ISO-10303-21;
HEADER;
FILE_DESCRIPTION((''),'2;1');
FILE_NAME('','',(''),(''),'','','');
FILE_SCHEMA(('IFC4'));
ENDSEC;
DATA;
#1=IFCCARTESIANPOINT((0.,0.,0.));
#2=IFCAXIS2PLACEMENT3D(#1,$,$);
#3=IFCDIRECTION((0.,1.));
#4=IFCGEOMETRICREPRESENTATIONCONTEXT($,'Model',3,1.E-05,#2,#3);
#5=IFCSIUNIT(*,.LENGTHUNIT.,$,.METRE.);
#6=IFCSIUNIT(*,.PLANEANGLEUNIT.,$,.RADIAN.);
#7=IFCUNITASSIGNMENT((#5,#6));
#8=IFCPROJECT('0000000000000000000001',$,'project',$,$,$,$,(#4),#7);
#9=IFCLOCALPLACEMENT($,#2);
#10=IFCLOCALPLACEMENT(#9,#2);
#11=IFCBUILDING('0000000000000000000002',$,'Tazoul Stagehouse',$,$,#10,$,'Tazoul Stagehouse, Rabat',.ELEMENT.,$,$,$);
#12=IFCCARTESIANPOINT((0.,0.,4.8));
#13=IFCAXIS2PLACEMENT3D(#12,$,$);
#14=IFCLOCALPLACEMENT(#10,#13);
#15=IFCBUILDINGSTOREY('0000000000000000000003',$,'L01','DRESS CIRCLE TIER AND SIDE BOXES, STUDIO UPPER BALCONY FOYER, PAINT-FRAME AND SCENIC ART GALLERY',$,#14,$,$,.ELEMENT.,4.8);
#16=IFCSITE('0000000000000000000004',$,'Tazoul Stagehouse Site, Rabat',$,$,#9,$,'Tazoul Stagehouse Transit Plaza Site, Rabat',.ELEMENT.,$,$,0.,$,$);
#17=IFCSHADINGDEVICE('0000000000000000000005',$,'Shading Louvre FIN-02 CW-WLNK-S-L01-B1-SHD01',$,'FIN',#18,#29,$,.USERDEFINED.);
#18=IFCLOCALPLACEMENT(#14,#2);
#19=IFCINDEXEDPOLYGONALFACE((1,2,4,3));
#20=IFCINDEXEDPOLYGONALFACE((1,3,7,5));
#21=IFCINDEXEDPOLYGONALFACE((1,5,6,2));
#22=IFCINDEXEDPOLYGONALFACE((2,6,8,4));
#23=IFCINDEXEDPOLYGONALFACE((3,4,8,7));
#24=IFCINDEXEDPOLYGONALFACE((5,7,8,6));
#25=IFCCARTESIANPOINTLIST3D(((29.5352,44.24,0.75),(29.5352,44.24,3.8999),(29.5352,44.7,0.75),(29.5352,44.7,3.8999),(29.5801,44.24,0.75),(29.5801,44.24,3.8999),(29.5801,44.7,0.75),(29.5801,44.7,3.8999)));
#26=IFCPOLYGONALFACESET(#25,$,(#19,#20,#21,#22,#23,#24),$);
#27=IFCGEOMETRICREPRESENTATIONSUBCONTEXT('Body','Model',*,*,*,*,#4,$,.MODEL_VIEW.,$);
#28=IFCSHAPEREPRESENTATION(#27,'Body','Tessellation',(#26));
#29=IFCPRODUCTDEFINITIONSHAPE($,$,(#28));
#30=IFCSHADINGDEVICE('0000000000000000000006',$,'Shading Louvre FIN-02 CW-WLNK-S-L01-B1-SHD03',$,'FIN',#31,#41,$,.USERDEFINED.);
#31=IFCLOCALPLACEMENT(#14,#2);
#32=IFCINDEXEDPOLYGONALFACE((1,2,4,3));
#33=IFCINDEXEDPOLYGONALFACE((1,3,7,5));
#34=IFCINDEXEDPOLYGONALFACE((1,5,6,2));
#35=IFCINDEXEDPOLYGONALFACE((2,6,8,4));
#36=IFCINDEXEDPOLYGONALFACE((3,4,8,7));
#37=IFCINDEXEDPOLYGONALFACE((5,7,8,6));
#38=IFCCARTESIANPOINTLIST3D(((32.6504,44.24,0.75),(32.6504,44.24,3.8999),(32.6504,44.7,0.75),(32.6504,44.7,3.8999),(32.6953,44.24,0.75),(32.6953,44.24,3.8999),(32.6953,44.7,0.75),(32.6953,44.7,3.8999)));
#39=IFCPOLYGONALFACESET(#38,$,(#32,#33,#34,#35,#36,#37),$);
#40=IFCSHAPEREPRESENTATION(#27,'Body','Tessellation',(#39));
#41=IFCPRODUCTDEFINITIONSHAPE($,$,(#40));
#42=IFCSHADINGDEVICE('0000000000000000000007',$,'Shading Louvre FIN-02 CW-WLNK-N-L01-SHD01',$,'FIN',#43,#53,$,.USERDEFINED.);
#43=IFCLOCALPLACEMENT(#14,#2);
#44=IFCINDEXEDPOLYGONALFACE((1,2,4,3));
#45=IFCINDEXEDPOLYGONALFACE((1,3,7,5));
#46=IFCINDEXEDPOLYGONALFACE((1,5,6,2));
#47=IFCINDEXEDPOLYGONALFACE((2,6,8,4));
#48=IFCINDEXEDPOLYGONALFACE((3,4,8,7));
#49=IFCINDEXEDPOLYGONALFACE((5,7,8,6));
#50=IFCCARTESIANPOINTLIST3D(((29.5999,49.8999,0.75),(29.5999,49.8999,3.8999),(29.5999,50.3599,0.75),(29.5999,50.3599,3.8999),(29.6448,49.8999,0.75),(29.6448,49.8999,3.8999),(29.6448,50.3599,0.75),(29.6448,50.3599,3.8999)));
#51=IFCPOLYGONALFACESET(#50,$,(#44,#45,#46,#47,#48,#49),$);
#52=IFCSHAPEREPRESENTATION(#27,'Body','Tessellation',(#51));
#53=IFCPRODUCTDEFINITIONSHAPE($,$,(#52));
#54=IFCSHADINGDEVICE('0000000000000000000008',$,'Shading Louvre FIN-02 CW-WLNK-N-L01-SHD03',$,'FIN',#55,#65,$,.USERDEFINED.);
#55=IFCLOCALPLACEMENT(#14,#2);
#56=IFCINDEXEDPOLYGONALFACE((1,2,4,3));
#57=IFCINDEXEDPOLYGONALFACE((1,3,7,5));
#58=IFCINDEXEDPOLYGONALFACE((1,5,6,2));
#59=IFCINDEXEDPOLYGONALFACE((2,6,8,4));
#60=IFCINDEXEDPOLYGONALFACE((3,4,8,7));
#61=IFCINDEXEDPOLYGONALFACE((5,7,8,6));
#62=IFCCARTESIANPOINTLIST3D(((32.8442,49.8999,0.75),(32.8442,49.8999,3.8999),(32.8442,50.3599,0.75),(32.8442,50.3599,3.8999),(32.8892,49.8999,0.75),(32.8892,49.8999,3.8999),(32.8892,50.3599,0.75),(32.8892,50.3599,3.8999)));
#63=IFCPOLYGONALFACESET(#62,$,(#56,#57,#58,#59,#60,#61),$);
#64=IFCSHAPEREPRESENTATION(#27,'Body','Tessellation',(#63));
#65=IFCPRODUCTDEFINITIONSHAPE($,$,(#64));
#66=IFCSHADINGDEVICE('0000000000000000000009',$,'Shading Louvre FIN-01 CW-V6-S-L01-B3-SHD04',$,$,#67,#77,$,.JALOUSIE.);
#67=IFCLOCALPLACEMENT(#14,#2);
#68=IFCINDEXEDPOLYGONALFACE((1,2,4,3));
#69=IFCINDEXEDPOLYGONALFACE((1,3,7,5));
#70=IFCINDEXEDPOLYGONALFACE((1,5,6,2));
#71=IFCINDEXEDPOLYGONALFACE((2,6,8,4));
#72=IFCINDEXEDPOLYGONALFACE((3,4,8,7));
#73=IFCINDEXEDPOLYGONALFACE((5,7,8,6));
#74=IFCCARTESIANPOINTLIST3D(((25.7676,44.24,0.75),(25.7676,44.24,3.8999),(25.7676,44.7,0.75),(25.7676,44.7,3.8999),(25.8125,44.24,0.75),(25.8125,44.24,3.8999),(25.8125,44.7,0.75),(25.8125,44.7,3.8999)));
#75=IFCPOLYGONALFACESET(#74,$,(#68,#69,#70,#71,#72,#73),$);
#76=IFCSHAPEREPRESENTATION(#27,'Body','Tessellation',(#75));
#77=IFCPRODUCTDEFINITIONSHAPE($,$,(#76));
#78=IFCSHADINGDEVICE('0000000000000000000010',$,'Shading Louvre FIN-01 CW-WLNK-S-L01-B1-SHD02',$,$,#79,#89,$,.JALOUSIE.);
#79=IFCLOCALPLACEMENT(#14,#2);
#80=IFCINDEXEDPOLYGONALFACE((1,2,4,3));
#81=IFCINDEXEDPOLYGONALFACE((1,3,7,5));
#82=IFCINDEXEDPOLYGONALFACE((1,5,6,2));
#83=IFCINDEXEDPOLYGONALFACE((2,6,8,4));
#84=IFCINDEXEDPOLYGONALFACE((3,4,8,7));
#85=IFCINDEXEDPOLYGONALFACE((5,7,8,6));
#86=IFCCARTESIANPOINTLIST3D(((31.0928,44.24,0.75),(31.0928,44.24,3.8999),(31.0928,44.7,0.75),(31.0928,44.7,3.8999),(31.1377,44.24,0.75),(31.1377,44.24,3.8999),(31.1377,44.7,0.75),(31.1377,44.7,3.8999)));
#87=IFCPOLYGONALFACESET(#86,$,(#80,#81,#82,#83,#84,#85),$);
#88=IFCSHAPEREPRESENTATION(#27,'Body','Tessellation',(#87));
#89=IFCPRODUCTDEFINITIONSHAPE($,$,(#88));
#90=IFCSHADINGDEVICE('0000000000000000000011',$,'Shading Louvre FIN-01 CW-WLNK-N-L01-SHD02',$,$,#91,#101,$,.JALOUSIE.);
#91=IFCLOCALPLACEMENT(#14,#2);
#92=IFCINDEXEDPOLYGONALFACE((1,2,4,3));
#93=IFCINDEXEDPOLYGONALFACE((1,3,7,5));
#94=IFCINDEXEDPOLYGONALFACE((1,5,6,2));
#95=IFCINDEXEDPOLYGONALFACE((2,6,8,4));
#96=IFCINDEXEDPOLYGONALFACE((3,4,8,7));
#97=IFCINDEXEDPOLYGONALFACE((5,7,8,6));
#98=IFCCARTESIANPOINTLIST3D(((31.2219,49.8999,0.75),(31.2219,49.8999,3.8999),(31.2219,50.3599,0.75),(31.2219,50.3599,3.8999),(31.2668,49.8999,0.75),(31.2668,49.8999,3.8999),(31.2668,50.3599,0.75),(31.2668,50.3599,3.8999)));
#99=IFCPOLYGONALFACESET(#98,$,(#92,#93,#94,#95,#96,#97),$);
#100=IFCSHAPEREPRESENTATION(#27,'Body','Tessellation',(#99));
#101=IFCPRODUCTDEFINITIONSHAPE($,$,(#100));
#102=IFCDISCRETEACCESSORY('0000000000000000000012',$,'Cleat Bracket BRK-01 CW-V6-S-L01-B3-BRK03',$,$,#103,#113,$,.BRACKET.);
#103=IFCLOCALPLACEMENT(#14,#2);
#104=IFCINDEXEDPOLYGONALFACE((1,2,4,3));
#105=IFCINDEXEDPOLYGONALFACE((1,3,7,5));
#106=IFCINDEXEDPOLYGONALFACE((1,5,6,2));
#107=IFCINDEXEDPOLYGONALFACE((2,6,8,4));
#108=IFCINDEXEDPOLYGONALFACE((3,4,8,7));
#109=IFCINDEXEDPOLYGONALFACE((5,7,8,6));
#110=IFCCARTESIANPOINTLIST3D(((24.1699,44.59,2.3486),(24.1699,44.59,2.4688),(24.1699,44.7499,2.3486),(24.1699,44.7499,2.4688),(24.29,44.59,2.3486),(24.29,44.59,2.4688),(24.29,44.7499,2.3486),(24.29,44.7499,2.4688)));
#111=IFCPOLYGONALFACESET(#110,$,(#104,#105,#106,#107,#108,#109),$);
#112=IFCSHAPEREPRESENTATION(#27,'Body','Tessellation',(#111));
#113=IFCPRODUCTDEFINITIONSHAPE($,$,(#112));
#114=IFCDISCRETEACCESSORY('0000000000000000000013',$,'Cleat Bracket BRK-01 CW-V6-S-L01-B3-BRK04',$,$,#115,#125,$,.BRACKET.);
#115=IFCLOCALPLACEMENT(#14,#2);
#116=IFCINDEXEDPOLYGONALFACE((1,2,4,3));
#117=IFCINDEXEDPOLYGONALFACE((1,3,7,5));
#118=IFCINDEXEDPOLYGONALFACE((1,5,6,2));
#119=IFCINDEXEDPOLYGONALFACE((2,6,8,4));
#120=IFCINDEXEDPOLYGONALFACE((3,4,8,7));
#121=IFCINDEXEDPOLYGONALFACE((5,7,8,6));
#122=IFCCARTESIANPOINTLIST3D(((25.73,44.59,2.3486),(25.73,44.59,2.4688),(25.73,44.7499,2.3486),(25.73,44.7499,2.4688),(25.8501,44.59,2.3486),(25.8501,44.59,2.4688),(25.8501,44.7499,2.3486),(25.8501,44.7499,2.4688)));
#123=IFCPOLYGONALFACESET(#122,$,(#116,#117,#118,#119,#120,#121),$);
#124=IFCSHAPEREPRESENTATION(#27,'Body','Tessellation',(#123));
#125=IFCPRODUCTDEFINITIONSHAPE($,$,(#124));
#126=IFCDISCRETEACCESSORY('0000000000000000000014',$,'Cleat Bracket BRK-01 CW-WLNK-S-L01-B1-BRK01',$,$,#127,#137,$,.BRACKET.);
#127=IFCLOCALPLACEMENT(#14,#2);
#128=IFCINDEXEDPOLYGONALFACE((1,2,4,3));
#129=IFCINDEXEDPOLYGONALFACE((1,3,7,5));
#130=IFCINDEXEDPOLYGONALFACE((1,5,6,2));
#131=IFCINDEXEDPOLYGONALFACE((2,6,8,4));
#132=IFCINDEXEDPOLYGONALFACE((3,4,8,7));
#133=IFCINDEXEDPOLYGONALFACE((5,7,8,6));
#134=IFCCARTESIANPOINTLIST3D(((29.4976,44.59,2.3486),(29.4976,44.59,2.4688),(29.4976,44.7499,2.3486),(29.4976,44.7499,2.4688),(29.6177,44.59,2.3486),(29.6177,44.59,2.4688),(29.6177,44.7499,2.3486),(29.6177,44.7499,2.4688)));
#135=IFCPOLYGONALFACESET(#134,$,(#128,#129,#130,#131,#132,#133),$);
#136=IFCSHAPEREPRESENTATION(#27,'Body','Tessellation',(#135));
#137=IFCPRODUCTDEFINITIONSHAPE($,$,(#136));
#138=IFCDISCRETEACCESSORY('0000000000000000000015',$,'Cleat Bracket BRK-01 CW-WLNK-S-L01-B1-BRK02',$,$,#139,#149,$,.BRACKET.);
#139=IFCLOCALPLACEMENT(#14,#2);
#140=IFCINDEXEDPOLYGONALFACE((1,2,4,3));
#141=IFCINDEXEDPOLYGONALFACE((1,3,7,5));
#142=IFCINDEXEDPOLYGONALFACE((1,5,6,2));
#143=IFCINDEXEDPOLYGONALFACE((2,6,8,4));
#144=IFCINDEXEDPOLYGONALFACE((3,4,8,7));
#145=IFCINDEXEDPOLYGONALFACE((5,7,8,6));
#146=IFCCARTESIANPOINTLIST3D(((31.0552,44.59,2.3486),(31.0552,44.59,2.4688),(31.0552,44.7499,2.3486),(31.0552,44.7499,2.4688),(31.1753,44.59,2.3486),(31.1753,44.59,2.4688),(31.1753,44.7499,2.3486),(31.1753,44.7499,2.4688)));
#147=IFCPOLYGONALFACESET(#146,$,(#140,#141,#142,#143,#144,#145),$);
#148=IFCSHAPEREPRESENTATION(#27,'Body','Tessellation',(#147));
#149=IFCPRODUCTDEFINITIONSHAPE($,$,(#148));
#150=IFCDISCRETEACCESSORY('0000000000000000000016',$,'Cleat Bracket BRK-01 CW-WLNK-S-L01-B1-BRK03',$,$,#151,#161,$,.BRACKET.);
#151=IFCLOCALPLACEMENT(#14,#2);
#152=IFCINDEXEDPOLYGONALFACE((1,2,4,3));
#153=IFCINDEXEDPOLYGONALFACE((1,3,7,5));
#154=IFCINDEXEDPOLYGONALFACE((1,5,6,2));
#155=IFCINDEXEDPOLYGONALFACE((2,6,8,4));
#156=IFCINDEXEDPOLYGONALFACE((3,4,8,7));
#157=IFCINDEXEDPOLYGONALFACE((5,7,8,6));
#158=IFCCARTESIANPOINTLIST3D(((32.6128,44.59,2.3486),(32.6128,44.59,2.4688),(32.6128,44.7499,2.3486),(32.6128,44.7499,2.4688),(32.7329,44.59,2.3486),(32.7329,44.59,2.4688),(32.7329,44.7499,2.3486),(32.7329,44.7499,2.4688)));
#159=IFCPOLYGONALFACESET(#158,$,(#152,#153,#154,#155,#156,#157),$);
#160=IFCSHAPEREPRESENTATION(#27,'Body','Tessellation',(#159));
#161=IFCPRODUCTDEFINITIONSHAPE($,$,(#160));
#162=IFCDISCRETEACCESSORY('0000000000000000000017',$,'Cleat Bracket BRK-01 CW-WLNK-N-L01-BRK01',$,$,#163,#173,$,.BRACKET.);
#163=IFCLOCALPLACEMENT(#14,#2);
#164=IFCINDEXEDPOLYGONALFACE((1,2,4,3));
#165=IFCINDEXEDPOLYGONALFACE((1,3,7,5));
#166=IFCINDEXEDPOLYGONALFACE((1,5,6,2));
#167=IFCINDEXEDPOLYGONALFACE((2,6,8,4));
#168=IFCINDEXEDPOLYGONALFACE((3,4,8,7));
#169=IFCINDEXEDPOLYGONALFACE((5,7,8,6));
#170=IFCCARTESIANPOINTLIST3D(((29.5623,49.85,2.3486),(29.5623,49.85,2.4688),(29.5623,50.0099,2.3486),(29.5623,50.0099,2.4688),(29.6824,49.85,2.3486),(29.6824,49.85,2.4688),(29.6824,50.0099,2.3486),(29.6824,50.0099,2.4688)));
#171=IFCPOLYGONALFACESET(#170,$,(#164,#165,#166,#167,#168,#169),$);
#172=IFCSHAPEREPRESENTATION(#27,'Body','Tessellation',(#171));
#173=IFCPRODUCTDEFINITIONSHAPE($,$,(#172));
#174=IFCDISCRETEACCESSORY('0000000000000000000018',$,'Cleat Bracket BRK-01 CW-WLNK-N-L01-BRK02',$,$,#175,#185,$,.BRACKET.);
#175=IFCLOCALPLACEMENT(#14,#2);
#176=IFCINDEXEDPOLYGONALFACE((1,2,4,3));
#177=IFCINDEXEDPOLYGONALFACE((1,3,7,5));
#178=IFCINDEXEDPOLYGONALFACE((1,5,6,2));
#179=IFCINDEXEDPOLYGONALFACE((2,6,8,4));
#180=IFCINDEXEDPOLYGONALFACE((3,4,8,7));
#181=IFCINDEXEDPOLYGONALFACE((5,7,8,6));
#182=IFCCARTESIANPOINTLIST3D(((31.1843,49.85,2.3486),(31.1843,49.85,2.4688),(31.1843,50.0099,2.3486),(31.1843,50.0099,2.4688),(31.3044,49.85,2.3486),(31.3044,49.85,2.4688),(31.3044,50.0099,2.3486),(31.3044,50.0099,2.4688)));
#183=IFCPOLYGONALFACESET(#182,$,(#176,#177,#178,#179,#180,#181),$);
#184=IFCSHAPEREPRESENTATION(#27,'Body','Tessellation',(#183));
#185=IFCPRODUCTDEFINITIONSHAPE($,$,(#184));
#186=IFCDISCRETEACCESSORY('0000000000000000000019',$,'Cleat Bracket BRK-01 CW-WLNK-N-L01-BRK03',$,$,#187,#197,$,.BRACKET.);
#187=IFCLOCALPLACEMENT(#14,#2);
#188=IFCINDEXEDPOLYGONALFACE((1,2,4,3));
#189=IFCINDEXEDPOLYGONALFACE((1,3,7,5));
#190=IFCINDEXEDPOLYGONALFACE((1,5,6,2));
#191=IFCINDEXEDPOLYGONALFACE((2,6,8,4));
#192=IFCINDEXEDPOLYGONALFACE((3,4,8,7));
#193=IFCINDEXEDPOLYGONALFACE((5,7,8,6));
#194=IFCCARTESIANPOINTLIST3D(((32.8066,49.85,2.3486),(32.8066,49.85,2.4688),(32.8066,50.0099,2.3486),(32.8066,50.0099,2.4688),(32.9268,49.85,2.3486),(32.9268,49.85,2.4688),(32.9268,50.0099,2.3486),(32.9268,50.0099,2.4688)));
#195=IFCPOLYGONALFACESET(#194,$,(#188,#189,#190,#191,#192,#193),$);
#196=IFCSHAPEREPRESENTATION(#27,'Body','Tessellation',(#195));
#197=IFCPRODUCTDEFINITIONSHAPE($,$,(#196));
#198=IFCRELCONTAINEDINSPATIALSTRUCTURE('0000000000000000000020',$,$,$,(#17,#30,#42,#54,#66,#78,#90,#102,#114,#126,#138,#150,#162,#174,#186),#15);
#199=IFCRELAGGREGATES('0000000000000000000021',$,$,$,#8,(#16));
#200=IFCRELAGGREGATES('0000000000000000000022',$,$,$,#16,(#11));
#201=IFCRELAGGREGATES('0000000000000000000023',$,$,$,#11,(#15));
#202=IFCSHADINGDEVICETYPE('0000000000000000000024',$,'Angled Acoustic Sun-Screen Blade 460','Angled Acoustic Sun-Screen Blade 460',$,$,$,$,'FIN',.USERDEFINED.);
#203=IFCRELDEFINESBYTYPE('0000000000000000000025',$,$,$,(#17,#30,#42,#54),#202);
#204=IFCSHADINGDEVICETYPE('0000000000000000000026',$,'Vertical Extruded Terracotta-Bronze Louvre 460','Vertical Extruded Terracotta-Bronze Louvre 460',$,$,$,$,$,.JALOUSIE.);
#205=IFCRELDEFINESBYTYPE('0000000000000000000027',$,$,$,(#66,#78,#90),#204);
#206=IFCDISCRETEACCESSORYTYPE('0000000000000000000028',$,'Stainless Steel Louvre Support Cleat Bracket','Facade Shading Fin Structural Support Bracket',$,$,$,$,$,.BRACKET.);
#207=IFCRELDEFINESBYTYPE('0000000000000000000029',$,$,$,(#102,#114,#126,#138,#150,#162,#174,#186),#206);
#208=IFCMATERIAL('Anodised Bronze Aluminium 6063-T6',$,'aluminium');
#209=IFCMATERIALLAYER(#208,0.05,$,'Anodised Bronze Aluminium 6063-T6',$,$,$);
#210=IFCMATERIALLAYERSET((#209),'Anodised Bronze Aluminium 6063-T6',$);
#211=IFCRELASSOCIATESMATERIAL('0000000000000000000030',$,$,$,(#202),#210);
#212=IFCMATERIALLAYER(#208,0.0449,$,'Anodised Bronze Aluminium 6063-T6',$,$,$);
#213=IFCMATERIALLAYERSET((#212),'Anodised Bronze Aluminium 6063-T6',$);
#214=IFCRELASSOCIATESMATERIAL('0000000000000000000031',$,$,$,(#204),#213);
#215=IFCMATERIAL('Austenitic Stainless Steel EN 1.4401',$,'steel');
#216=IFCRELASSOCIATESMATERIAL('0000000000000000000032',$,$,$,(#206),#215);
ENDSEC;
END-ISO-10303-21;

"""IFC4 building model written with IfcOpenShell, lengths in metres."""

from ifc_helpers import new_model, si_unit, direction, frame, origin, origin_2d, place, context, subcontext, project, spatial, rectangle, extrude, material, layer, layer_set, type_object, element, save


model = new_model("IFC4")

# Units and contexts
model_context = context("Model", 3, precision=1e-05, world=origin(), true_north=direction((0.0, 1.0)))
body_context = subcontext(model_context, "Body", "Model", "MODEL_VIEW")
ifc_project = project(units=[si_unit("LENGTHUNIT", "METRE"), si_unit("PLANEANGLEUNIT", "RADIAN")], contexts=[model_context])

# Site, building, storey
site_placement = place(None, origin())
site = spatial("IfcSite", under=ifc_project, at=site_placement, Name="Tazoul Stagehouse Site, Rabat", LongName="Tazoul Stagehouse Transit Plaza Site, Rabat", CompositionType="ELEMENT", RefElevation=0.0)
building_placement = place(site_placement, origin())
building = spatial("IfcBuilding", under=site, at=building_placement, Name="Tazoul Stagehouse", LongName="Tazoul Stagehouse, Rabat", CompositionType="ELEMENT")
storey_placement = place(building_placement, frame((0.0, 0.0, 4.8)))
storey = spatial("IfcBuildingStorey", under=building, at=storey_placement, Name="L01", Description="DRESS CIRCLE TIER AND SIDE BOXES, STUDIO UPPER BALCONY FOYER, PAINT-FRAME AND SCENIC ART GALLERY", CompositionType="ELEMENT", Elevation=4.8)

# Shared definitions
ifc_material_1 = material(Name="Anodised Bronze Aluminium 6063-T6", Category="aluminium")

# Shading devices
ifc_layer_1 = layer(ifc_material_1, 0.05, Name="Anodised Bronze Aluminium 6063-T6")
ifc_layer_set_1 = layer_set([ifc_layer_1], Name="Anodised Bronze Aluminium 6063-T6")
shading_device_type_1 = type_object("IfcShadingDeviceType", Name="Angled Acoustic Sun-Screen Blade 460", Description="Angled Acoustic Sun-Screen Blade 460", ElementType="FIN", PredefinedType="USERDEFINED", material=ifc_layer_set_1)
for number, where, z_axis, x_axis, name in (
    (1, (29.5576, 44.47, 0.75), (0.0, 0.0, 1.0), (1.0, 0.0, 0.0), "Shading Louvre FIN-02 CW-WLNK-S-L01-B1-SHD01"),
    (2, (32.6729, 44.47, 0.75), (0.0, 0.0, 1.0), (1.0, 0.0, 0.0), "Shading Louvre FIN-02 CW-WLNK-S-L01-B1-SHD03"),
    (3, (29.6223, 50.1299, 0.75), (0.0, 0.0, 1.0), (1.0, 0.0, 0.0), "Shading Louvre FIN-02 CW-WLNK-N-L01-SHD01"),
    (4, (32.8667, 50.1299, 0.75), (0.0, 0.0, 1.0), (1.0, 0.0, 0.0), "Shading Louvre FIN-02 CW-WLNK-N-L01-SHD03"),
):
    element("IfcShadingDevice", number, at=place(storey_placement, frame(where, z_axis=z_axis, x_axis=x_axis)), inside=storey, type_object=shading_device_type_1, Name=name, ObjectType="FIN", PredefinedType="USERDEFINED", context=body_context, shape_type="SweptSolid", body=[
        extrude(rectangle(XDim=0.0449, YDim=0.46, at=origin_2d()), origin(), (0.0, 0.0, 1.0), 3.1499),
    ])
ifc_layer_2 = layer(ifc_material_1, 0.0449, Name="Anodised Bronze Aluminium 6063-T6")
ifc_layer_set_2 = layer_set([ifc_layer_2], Name="Anodised Bronze Aluminium 6063-T6")
shading_device_type_2 = type_object("IfcShadingDeviceType", Name="Vertical Extruded Terracotta-Bronze Louvre 460", Description="Vertical Extruded Terracotta-Bronze Louvre 460", PredefinedType="JALOUSIE", material=ifc_layer_set_2)
for number, where, z_axis, x_axis, name in (
    (5, (25.79, 44.47, 0.75), (0.0, 0.0, 1.0), (1.0, 0.0, 0.0), "Shading Louvre FIN-01 CW-V6-S-L01-B3-SHD04"),
    (6, (31.1152, 44.47, 0.75), (0.0, 0.0, 1.0), (1.0, 0.0, 0.0), "Shading Louvre FIN-01 CW-WLNK-S-L01-B1-SHD02"),
    (7, (31.2444, 50.1299, 0.75), (0.0, 0.0, 1.0), (1.0, 0.0, 0.0), "Shading Louvre FIN-01 CW-WLNK-N-L01-SHD02"),
):
    element("IfcShadingDevice", number, at=place(storey_placement, frame(where, z_axis=z_axis, x_axis=x_axis)), inside=storey, type_object=shading_device_type_2, Name=name, PredefinedType="JALOUSIE", context=body_context, shape_type="SweptSolid", body=[
        extrude(rectangle(XDim=0.0449, YDim=0.46, at=origin_2d()), origin(), (0.0, 0.0, 1.0), 3.1499),
    ])

# Discrete accessories
ifc_material_2 = material(Name="Austenitic Stainless Steel EN 1.4401", Category="steel")
discrete_accessory_type = type_object("IfcDiscreteAccessoryType", Name="Stainless Steel Louvre Support Cleat Bracket", Description="Facade Shading Fin Structural Support Bracket", PredefinedType="BRACKET", material=ifc_material_2)
for number, where, z_axis, x_axis, name in (
    (8, (24.23, 44.6699, 2.3486), (0.0, 0.0, 1.0), (1.0, 0.0, 0.0), "Cleat Bracket BRK-01 CW-V6-S-L01-B3-BRK03"),
    (9, (25.79, 44.6699, 2.3486), (0.0, 0.0, 1.0), (1.0, 0.0, 0.0), "Cleat Bracket BRK-01 CW-V6-S-L01-B3-BRK04"),
    (10, (29.5576, 44.6699, 2.3486), (0.0, 0.0, 1.0), (1.0, 0.0, 0.0), "Cleat Bracket BRK-01 CW-WLNK-S-L01-B1-BRK01"),
    (11, (31.1152, 44.6699, 2.3486), (0.0, 0.0, 1.0), (1.0, 0.0, 0.0), "Cleat Bracket BRK-01 CW-WLNK-S-L01-B1-BRK02"),
    (12, (32.6729, 44.6699, 2.3486), (0.0, 0.0, 1.0), (1.0, 0.0, 0.0), "Cleat Bracket BRK-01 CW-WLNK-S-L01-B1-BRK03"),
    (13, (29.6223, 49.9299, 2.3486), (0.0, 0.0, 1.0), (1.0, 0.0, 0.0), "Cleat Bracket BRK-01 CW-WLNK-N-L01-BRK01"),
    (14, (31.2444, 49.9299, 2.3486), (0.0, 0.0, 1.0), (1.0, 0.0, 0.0), "Cleat Bracket BRK-01 CW-WLNK-N-L01-BRK02"),
    (15, (32.8667, 49.9299, 2.3486), (0.0, 0.0, 1.0), (1.0, 0.0, 0.0), "Cleat Bracket BRK-01 CW-WLNK-N-L01-BRK03"),
):
    element("IfcDiscreteAccessory", number, at=place(storey_placement, frame(where, z_axis=z_axis, x_axis=x_axis)), inside=storey, type_object=discrete_accessory_type, Name=name, PredefinedType="BRACKET", context=body_context, shape_type="SweptSolid", body=[
        extrude(rectangle(XDim=0.1201, YDim=0.1599, at=origin_2d()), origin(), (0.0, 0.0, 1.0), 0.1201),
    ])

save(model, "model.ifc")
